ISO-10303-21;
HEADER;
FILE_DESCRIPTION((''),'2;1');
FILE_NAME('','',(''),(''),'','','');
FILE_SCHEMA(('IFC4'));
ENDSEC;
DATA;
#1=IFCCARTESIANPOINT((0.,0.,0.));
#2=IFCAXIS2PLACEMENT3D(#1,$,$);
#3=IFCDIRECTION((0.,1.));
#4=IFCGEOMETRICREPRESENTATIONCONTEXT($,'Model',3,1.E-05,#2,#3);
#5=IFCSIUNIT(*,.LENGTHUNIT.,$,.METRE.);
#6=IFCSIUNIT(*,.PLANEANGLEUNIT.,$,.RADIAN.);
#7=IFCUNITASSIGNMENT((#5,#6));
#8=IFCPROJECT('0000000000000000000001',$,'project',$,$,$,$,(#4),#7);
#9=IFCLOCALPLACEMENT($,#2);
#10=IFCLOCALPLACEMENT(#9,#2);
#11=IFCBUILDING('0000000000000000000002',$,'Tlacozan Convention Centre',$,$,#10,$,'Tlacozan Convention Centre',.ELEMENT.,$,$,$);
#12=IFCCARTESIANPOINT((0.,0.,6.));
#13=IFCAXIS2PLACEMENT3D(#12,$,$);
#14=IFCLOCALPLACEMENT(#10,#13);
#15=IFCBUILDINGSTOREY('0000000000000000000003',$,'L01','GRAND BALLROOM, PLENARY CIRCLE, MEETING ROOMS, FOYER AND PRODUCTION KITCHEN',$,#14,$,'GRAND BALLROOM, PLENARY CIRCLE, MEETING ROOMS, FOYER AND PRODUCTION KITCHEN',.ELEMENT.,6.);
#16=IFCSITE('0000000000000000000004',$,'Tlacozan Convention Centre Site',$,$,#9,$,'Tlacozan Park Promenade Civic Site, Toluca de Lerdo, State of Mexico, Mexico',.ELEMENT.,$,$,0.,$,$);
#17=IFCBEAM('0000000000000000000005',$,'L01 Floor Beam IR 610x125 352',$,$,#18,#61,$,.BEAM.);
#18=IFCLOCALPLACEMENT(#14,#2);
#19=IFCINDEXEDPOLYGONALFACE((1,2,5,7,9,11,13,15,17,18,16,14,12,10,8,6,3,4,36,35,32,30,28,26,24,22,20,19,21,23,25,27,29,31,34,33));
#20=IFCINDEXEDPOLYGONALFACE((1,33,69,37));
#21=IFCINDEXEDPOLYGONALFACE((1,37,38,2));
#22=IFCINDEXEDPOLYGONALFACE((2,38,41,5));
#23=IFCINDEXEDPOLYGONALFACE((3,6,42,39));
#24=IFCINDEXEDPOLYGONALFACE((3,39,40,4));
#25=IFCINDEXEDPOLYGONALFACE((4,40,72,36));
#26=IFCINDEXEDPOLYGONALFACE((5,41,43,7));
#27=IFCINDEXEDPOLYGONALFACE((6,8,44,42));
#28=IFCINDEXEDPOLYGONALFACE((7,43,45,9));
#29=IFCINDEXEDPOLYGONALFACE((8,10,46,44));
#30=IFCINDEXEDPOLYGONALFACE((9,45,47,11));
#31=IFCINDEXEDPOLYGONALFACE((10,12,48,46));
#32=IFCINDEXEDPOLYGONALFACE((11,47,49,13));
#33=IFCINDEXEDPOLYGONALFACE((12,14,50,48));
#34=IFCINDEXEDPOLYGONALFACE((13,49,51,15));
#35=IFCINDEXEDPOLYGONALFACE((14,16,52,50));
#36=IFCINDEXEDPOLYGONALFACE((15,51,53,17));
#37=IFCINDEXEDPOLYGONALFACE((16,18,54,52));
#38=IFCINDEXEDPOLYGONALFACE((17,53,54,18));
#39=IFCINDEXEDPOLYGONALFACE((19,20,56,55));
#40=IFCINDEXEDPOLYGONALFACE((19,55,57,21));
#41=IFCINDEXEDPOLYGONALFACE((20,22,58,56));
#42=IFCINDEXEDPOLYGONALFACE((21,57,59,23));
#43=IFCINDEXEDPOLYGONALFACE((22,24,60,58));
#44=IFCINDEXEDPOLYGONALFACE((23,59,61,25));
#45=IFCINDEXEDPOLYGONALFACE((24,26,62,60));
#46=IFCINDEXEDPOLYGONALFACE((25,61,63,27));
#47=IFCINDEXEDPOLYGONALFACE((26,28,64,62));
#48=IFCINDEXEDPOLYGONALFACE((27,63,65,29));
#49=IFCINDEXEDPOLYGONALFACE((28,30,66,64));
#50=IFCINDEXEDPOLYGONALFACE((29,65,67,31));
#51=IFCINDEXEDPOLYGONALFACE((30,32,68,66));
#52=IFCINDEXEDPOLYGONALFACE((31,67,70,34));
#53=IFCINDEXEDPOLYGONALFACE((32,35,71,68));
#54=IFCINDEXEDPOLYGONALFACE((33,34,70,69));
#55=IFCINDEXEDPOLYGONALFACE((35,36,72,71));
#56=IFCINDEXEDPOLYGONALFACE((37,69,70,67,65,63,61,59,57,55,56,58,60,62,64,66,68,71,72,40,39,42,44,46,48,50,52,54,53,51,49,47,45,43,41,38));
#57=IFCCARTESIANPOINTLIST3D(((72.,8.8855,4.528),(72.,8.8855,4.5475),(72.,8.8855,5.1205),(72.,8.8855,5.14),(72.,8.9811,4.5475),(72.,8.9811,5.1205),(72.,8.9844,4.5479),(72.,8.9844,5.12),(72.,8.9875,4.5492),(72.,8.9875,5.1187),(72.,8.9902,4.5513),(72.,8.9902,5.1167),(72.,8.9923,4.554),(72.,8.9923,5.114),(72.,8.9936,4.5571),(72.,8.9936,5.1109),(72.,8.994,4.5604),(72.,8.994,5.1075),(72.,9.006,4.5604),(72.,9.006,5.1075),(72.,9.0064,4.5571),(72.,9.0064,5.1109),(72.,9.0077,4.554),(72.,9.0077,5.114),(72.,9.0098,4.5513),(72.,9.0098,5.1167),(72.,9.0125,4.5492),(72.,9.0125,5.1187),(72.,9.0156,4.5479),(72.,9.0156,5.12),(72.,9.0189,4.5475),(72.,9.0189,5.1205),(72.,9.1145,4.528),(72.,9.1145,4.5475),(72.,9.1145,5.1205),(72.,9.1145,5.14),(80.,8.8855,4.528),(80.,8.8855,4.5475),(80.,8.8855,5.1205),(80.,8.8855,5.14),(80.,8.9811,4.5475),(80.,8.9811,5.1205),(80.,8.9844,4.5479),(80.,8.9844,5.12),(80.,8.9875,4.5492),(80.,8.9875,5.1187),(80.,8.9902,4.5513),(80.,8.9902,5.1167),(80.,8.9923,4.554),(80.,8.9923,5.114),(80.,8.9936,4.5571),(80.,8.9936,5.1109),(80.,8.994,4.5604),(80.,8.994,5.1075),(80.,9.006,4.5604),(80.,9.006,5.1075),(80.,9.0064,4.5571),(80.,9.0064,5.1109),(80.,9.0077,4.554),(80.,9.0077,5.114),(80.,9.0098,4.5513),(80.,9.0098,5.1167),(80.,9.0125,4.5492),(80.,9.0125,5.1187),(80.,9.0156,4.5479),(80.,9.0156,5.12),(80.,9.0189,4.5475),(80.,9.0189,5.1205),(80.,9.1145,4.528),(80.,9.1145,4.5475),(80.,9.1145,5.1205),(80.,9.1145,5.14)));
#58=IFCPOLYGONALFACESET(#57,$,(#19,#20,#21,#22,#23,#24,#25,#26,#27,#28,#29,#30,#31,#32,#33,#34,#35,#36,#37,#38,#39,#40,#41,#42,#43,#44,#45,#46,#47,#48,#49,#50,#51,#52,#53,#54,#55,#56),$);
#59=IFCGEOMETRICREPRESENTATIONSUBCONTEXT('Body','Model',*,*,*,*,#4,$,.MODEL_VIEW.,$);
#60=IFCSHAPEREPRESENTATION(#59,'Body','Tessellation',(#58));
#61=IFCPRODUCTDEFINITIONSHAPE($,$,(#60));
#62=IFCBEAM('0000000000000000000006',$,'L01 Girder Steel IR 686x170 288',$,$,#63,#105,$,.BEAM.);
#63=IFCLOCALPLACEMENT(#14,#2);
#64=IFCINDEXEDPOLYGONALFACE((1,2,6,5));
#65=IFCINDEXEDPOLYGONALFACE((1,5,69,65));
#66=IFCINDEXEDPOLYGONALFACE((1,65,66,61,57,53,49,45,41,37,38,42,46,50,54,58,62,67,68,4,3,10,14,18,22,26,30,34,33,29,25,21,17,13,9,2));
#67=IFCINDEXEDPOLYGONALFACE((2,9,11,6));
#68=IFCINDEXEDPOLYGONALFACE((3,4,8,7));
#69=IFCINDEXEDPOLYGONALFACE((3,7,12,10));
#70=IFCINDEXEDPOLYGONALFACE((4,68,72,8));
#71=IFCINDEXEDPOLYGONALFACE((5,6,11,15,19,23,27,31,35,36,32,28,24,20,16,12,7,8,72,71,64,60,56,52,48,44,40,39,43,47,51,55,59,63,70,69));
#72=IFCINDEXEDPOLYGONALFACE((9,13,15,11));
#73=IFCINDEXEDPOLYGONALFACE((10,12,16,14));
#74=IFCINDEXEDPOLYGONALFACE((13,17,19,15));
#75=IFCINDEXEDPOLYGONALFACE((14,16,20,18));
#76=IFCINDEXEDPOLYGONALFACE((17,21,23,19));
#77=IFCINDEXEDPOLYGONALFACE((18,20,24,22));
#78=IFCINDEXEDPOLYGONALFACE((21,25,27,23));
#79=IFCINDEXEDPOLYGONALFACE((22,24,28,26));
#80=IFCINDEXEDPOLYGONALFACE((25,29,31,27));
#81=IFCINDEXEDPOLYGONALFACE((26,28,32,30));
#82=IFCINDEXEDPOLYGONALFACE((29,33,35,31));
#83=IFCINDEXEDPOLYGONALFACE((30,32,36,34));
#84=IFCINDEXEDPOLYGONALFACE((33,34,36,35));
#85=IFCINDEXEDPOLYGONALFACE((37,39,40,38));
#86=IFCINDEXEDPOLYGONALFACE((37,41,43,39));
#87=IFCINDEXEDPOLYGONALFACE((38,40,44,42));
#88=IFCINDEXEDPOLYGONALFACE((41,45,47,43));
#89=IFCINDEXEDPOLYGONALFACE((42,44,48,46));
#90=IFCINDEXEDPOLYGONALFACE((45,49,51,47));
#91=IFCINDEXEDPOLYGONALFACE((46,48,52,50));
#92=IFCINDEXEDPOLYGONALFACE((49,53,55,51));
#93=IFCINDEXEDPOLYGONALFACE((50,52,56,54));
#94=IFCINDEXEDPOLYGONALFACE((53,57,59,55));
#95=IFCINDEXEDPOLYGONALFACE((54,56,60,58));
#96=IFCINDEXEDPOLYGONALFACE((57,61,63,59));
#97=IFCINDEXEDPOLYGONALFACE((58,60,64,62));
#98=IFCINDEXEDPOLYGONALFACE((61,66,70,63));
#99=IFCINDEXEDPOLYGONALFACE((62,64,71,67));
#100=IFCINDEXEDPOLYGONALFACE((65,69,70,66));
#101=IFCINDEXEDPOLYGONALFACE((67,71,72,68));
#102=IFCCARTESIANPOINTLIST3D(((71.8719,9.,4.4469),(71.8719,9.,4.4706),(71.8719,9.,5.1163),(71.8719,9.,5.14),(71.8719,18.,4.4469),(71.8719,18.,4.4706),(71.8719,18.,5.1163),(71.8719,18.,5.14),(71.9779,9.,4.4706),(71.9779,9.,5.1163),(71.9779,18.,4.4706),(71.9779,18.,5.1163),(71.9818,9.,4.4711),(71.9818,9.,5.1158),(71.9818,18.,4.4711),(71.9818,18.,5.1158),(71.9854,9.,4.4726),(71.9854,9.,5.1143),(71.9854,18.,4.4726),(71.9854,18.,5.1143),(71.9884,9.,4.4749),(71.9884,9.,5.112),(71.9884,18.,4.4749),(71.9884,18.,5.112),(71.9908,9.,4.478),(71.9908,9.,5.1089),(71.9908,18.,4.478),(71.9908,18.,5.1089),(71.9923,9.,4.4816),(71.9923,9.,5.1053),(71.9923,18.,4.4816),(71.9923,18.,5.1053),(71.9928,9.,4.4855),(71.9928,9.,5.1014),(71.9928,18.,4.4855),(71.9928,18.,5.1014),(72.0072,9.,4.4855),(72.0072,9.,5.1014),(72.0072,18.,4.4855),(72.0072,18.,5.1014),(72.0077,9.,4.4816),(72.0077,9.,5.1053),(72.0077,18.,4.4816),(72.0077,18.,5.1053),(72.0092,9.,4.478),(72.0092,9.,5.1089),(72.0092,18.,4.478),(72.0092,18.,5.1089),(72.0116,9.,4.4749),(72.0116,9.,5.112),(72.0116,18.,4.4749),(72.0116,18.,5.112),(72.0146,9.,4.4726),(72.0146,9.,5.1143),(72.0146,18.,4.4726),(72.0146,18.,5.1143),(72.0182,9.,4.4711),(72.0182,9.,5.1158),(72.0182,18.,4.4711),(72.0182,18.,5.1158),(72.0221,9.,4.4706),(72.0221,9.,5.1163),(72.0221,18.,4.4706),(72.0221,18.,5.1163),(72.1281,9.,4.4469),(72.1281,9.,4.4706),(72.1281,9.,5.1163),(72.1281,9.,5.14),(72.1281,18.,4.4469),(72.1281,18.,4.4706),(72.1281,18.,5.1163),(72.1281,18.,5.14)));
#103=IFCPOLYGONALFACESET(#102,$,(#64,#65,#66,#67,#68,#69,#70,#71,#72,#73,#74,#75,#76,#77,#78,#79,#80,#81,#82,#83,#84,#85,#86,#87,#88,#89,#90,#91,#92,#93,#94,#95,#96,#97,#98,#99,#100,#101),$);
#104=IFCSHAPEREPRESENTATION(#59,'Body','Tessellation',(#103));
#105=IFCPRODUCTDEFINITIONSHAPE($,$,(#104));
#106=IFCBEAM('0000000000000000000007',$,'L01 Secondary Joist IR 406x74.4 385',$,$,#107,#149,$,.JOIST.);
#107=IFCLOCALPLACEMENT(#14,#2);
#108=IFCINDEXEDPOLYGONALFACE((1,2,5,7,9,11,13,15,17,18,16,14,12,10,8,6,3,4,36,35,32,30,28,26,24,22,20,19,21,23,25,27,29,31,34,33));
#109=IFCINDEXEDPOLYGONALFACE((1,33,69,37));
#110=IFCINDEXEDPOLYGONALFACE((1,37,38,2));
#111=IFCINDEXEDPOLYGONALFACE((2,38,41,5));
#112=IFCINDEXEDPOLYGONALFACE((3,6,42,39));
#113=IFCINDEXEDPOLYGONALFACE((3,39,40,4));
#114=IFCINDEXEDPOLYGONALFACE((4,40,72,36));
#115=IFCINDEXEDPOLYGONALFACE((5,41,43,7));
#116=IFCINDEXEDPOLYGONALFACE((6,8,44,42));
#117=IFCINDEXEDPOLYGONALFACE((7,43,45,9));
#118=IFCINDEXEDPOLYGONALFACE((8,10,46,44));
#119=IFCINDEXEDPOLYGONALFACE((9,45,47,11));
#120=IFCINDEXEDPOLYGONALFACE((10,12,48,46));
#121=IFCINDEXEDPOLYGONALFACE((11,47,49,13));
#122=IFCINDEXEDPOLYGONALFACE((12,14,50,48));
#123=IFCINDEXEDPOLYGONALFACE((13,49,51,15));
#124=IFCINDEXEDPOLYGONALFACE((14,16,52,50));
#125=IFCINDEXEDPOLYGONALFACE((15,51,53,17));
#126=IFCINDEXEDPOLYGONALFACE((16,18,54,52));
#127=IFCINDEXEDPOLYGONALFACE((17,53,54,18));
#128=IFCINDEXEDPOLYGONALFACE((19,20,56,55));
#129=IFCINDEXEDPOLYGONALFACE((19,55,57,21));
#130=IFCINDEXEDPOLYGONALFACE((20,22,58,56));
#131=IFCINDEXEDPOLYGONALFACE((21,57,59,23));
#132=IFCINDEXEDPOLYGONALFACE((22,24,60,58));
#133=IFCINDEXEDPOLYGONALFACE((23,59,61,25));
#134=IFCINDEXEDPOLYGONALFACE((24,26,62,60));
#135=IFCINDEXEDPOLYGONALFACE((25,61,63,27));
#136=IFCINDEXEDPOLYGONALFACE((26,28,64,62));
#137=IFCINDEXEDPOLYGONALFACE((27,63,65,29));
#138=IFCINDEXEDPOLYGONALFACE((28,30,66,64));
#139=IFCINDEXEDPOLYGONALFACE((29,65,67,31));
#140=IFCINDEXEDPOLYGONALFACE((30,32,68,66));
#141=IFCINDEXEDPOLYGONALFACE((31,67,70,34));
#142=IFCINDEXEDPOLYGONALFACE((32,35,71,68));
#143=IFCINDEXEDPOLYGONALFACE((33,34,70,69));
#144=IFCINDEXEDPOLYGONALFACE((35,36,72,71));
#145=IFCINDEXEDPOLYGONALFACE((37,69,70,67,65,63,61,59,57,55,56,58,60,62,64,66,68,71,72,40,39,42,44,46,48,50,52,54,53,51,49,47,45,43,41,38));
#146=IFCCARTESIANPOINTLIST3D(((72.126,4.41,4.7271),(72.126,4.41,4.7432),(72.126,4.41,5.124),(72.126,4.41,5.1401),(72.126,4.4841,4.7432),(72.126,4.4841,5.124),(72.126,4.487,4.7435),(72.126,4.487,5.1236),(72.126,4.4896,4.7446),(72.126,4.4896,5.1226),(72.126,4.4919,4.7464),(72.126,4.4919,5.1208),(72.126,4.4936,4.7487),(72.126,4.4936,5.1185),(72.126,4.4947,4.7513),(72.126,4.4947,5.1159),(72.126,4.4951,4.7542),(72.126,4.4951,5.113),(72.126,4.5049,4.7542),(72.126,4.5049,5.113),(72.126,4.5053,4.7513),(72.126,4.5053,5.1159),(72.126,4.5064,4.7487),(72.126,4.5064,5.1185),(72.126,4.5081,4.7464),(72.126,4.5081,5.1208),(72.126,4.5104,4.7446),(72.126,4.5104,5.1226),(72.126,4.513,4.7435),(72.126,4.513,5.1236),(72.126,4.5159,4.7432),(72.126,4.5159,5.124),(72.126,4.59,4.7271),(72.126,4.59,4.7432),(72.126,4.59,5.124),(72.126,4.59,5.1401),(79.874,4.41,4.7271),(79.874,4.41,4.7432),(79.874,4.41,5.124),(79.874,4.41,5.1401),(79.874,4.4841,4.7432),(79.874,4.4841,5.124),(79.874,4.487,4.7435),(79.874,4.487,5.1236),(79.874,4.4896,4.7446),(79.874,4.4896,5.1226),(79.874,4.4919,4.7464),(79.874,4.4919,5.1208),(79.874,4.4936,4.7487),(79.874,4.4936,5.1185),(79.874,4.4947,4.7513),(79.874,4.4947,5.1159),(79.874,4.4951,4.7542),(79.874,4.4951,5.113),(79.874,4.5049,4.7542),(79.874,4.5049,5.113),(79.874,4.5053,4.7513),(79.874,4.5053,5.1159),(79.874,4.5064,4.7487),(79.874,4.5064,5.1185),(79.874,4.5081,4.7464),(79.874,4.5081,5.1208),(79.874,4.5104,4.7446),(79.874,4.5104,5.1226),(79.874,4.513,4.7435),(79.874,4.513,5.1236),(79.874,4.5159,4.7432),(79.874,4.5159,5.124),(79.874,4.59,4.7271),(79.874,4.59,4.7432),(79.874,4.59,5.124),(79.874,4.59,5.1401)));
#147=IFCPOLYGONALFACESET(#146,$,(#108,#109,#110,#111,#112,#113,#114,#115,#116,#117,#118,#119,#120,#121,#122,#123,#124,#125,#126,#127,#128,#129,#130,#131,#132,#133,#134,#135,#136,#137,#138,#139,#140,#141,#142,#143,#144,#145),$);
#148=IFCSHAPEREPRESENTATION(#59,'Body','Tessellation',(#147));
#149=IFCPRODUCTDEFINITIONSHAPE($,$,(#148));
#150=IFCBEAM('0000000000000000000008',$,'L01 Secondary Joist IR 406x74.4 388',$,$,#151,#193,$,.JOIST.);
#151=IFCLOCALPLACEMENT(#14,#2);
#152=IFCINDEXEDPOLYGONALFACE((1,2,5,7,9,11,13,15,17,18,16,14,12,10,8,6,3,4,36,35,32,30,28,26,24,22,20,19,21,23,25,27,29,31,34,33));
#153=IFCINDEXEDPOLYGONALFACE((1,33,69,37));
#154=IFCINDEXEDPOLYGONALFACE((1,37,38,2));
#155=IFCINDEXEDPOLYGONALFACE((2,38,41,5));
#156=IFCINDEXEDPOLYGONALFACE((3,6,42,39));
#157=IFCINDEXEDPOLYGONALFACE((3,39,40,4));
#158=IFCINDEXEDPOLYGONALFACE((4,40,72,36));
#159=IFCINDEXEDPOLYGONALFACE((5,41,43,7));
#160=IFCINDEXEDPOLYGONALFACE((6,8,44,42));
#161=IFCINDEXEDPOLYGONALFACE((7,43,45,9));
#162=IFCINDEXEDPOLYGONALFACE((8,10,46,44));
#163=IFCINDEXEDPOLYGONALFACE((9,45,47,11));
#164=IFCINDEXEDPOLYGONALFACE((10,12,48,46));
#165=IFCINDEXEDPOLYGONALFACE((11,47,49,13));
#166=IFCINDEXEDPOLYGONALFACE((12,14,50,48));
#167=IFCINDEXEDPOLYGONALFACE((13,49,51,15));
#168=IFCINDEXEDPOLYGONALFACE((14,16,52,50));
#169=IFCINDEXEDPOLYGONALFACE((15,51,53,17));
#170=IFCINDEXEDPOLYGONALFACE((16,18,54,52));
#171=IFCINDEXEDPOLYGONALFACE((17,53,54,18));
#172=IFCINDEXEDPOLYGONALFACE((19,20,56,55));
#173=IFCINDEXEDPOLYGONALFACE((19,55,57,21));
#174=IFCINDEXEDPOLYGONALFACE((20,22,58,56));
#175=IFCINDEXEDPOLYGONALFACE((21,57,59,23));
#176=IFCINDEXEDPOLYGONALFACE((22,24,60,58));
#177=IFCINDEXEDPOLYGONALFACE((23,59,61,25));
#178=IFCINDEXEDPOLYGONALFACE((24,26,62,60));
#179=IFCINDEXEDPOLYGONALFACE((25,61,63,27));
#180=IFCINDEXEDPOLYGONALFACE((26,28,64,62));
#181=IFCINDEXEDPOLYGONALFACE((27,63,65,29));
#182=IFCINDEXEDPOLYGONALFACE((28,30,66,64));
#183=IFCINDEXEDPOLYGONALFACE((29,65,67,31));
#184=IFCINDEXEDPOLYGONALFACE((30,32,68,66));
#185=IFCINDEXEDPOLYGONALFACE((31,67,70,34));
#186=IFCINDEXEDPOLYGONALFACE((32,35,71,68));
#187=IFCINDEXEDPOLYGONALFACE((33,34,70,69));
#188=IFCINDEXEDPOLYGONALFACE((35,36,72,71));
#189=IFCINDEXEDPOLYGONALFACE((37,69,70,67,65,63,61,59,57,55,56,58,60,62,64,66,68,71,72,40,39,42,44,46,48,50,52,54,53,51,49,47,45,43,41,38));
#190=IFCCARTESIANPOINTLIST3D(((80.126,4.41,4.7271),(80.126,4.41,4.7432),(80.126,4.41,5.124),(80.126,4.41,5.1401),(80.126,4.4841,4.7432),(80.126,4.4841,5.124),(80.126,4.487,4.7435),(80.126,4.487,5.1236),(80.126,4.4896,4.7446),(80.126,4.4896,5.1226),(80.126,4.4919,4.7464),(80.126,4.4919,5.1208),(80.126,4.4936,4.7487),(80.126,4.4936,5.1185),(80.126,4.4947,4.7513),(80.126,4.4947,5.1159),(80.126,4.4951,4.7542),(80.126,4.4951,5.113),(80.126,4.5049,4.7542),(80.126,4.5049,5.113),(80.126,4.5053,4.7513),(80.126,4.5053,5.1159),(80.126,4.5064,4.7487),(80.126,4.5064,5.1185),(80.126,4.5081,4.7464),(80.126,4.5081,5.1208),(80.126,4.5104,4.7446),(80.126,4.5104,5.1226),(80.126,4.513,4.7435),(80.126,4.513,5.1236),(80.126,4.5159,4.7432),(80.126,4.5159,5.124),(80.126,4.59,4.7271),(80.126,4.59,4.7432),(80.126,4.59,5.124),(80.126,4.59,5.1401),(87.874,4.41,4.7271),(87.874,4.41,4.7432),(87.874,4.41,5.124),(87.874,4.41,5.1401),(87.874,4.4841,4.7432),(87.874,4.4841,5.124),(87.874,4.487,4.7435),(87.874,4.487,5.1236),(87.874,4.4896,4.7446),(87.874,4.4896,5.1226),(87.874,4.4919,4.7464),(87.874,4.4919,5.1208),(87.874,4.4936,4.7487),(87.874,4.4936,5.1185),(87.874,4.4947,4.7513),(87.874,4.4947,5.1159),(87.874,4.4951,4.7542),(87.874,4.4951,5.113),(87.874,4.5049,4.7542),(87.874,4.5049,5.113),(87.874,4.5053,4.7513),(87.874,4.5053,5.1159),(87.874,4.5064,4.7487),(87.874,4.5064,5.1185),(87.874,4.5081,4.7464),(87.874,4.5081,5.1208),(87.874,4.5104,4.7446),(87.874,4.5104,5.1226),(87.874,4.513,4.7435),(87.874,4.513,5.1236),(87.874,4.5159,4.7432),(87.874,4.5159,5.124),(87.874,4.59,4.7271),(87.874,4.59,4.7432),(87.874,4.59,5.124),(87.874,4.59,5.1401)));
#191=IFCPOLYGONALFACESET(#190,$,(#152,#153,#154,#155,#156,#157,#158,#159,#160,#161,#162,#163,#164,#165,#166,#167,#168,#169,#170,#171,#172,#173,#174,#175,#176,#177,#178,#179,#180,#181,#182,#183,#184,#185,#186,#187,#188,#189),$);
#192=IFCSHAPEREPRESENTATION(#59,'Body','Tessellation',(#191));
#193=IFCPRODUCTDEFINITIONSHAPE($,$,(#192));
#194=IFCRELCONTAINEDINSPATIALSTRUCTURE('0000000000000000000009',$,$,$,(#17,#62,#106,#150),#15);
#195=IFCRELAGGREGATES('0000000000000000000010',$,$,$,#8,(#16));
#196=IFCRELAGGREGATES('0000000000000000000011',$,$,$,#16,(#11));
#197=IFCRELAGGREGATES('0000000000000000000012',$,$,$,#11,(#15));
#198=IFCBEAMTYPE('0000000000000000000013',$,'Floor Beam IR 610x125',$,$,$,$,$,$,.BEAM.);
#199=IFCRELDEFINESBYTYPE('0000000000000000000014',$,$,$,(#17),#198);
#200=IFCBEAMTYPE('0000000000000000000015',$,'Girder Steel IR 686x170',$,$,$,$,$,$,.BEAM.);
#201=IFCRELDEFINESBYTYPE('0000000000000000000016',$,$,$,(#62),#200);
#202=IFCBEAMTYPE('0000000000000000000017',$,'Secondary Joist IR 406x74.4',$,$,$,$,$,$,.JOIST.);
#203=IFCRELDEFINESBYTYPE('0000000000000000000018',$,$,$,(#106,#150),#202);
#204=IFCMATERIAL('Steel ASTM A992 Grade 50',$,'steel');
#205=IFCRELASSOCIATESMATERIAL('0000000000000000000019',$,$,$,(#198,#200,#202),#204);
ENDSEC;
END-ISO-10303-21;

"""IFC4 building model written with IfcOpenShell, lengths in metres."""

from ifc_helpers import new_model, si_unit, direction, frame, origin, origin_2d, place, context, subcontext, project, spatial, i_section, extrude, material, material_profile, profile_set, type_object, element, save


model = new_model("IFC4")

# Units and contexts
model_context = context("Model", 3, precision=1e-05, world=origin(), true_north=direction((0.0, 1.0)))
body_context = subcontext(model_context, "Body", "Model", "MODEL_VIEW")
ifc_project = project(units=[si_unit("LENGTHUNIT", "METRE"), si_unit("PLANEANGLEUNIT", "RADIAN")], contexts=[model_context])

# Site, building, storey
site_placement = place(None, origin())
site = spatial("IfcSite", under=ifc_project, at=site_placement, Name="Tlacozan Convention Centre Site", LongName="Tlacozan Park Promenade Civic Site, Toluca de Lerdo, State of Mexico, Mexico", CompositionType="ELEMENT", RefElevation=0.0)
building_placement = place(site_placement, origin())
building = spatial("IfcBuilding", under=site, at=building_placement, Name="Tlacozan Convention Centre", LongName="Tlacozan Convention Centre", CompositionType="ELEMENT")
storey_placement = place(building_placement, frame((0.0, 0.0, 6.0)))
storey = spatial("IfcBuildingStorey", under=building, at=storey_placement, Name="L01", Description="GRAND BALLROOM, PLENARY CIRCLE, MEETING ROOMS, FOYER AND PRODUCTION KITCHEN", LongName="GRAND BALLROOM, PLENARY CIRCLE, MEETING ROOMS, FOYER AND PRODUCTION KITCHEN", CompositionType="ELEMENT", Elevation=6.0)

# Beams
ifc_material_1 = material(Name="Steel ASTM A992 Grade 50", Category="steel")
ifc_material_profile_1 = material_profile(ifc_material_1, i_section(OverallWidth=0.229, OverallDepth=0.6121, WebThickness=0.012, FlangeThickness=0.0195, FilletRadius=0.0129, at=origin_2d()), Name="IR 610x125.0")
ifc_profile_set_1 = profile_set([ifc_material_profile_1], Name="Steel ASTM A992 Grade 50")
beam_type_1 = type_object("IfcBeamType", Name="Floor Beam IR 610x125", PredefinedType="BEAM", material=ifc_profile_set_1)
beam_1_placement = place(storey_placement, frame((72.0, 9.0, 4.834), z_axis=(1.0, 0.0, 0.0), x_axis=(0.0, 1.0, 0.0)))
element("IfcBeam", 1, at=beam_1_placement, inside=storey, type_object=beam_type_1, Name="L01 Floor Beam IR 610x125 352", PredefinedType="BEAM", context=body_context, shape_type="SweptSolid", body=[
    extrude(i_section(OverallWidth=0.229, OverallDepth=0.6121, WebThickness=0.012, FlangeThickness=0.0195, FilletRadius=0.0129, at=origin_2d()), origin(), (0.0, 0.0, 1.0), 8.0),
])
ifc_material_profile_2 = material_profile(ifc_material_1, i_section(OverallWidth=0.2561, OverallDepth=0.6931, WebThickness=0.0144, FlangeThickness=0.0237, FilletRadius=0.0149, at=origin_2d()), Name="IR 686x170.0")
ifc_profile_set_2 = profile_set([ifc_material_profile_2], Name="Steel ASTM A992 Grade 50")
beam_type_2 = type_object("IfcBeamType", Name="Girder Steel IR 686x170", PredefinedType="BEAM", material=ifc_profile_set_2)
beam_2_placement = place(storey_placement, frame((72.0, 9.0, 4.7935), z_axis=(0.0, 1.0, 0.0), x_axis=(-1.0, 0.0, 0.0)))
element("IfcBeam", 2, at=beam_2_placement, inside=storey, type_object=beam_type_2, Name="L01 Girder Steel IR 686x170 288", PredefinedType="BEAM", context=body_context, shape_type="SweptSolid", body=[
    extrude(i_section(OverallWidth=0.2561, OverallDepth=0.6931, WebThickness=0.0144, FlangeThickness=0.0237, FilletRadius=0.0149, at=origin_2d()), origin(), (0.0, 0.0, 1.0), 9.0),
])
ifc_material_profile_3 = material_profile(ifc_material_1, i_section(OverallWidth=0.1799, OverallDepth=0.4131, WebThickness=0.0098, FlangeThickness=0.0161, FilletRadius=0.011, at=origin_2d()), Name="IR 406x74.4")
ifc_profile_set_3 = profile_set([ifc_material_profile_3], Name="Steel ASTM A992 Grade 50")
beam_type_3 = type_object("IfcBeamType", Name="Secondary Joist IR 406x74.4", PredefinedType="JOIST", material=ifc_profile_set_3)
for number, where, z_axis, x_axis, name in (
    (3, (72.126, 4.5, 4.9336), (1.0, 0.0, 0.0), (0.0, 1.0, 0.0), "L01 Secondary Joist IR 406x74.4 385"),
    (4, (80.126, 4.5, 4.9336), (1.0, 0.0, 0.0), (0.0, 1.0, 0.0), "L01 Secondary Joist IR 406x74.4 388"),
):
    element("IfcBeam", number, at=place(storey_placement, frame(where, z_axis=z_axis, x_axis=x_axis)), inside=storey, type_object=beam_type_3, Name=name, PredefinedType="JOIST", context=body_context, shape_type="SweptSolid", body=[
        extrude(i_section(OverallWidth=0.1799, OverallDepth=0.4131, WebThickness=0.0098, FlangeThickness=0.0161, FilletRadius=0.011, at=origin_2d()), origin(), (0.0, 0.0, 1.0), 7.748),
    ])

save(model, "model.ifc")
